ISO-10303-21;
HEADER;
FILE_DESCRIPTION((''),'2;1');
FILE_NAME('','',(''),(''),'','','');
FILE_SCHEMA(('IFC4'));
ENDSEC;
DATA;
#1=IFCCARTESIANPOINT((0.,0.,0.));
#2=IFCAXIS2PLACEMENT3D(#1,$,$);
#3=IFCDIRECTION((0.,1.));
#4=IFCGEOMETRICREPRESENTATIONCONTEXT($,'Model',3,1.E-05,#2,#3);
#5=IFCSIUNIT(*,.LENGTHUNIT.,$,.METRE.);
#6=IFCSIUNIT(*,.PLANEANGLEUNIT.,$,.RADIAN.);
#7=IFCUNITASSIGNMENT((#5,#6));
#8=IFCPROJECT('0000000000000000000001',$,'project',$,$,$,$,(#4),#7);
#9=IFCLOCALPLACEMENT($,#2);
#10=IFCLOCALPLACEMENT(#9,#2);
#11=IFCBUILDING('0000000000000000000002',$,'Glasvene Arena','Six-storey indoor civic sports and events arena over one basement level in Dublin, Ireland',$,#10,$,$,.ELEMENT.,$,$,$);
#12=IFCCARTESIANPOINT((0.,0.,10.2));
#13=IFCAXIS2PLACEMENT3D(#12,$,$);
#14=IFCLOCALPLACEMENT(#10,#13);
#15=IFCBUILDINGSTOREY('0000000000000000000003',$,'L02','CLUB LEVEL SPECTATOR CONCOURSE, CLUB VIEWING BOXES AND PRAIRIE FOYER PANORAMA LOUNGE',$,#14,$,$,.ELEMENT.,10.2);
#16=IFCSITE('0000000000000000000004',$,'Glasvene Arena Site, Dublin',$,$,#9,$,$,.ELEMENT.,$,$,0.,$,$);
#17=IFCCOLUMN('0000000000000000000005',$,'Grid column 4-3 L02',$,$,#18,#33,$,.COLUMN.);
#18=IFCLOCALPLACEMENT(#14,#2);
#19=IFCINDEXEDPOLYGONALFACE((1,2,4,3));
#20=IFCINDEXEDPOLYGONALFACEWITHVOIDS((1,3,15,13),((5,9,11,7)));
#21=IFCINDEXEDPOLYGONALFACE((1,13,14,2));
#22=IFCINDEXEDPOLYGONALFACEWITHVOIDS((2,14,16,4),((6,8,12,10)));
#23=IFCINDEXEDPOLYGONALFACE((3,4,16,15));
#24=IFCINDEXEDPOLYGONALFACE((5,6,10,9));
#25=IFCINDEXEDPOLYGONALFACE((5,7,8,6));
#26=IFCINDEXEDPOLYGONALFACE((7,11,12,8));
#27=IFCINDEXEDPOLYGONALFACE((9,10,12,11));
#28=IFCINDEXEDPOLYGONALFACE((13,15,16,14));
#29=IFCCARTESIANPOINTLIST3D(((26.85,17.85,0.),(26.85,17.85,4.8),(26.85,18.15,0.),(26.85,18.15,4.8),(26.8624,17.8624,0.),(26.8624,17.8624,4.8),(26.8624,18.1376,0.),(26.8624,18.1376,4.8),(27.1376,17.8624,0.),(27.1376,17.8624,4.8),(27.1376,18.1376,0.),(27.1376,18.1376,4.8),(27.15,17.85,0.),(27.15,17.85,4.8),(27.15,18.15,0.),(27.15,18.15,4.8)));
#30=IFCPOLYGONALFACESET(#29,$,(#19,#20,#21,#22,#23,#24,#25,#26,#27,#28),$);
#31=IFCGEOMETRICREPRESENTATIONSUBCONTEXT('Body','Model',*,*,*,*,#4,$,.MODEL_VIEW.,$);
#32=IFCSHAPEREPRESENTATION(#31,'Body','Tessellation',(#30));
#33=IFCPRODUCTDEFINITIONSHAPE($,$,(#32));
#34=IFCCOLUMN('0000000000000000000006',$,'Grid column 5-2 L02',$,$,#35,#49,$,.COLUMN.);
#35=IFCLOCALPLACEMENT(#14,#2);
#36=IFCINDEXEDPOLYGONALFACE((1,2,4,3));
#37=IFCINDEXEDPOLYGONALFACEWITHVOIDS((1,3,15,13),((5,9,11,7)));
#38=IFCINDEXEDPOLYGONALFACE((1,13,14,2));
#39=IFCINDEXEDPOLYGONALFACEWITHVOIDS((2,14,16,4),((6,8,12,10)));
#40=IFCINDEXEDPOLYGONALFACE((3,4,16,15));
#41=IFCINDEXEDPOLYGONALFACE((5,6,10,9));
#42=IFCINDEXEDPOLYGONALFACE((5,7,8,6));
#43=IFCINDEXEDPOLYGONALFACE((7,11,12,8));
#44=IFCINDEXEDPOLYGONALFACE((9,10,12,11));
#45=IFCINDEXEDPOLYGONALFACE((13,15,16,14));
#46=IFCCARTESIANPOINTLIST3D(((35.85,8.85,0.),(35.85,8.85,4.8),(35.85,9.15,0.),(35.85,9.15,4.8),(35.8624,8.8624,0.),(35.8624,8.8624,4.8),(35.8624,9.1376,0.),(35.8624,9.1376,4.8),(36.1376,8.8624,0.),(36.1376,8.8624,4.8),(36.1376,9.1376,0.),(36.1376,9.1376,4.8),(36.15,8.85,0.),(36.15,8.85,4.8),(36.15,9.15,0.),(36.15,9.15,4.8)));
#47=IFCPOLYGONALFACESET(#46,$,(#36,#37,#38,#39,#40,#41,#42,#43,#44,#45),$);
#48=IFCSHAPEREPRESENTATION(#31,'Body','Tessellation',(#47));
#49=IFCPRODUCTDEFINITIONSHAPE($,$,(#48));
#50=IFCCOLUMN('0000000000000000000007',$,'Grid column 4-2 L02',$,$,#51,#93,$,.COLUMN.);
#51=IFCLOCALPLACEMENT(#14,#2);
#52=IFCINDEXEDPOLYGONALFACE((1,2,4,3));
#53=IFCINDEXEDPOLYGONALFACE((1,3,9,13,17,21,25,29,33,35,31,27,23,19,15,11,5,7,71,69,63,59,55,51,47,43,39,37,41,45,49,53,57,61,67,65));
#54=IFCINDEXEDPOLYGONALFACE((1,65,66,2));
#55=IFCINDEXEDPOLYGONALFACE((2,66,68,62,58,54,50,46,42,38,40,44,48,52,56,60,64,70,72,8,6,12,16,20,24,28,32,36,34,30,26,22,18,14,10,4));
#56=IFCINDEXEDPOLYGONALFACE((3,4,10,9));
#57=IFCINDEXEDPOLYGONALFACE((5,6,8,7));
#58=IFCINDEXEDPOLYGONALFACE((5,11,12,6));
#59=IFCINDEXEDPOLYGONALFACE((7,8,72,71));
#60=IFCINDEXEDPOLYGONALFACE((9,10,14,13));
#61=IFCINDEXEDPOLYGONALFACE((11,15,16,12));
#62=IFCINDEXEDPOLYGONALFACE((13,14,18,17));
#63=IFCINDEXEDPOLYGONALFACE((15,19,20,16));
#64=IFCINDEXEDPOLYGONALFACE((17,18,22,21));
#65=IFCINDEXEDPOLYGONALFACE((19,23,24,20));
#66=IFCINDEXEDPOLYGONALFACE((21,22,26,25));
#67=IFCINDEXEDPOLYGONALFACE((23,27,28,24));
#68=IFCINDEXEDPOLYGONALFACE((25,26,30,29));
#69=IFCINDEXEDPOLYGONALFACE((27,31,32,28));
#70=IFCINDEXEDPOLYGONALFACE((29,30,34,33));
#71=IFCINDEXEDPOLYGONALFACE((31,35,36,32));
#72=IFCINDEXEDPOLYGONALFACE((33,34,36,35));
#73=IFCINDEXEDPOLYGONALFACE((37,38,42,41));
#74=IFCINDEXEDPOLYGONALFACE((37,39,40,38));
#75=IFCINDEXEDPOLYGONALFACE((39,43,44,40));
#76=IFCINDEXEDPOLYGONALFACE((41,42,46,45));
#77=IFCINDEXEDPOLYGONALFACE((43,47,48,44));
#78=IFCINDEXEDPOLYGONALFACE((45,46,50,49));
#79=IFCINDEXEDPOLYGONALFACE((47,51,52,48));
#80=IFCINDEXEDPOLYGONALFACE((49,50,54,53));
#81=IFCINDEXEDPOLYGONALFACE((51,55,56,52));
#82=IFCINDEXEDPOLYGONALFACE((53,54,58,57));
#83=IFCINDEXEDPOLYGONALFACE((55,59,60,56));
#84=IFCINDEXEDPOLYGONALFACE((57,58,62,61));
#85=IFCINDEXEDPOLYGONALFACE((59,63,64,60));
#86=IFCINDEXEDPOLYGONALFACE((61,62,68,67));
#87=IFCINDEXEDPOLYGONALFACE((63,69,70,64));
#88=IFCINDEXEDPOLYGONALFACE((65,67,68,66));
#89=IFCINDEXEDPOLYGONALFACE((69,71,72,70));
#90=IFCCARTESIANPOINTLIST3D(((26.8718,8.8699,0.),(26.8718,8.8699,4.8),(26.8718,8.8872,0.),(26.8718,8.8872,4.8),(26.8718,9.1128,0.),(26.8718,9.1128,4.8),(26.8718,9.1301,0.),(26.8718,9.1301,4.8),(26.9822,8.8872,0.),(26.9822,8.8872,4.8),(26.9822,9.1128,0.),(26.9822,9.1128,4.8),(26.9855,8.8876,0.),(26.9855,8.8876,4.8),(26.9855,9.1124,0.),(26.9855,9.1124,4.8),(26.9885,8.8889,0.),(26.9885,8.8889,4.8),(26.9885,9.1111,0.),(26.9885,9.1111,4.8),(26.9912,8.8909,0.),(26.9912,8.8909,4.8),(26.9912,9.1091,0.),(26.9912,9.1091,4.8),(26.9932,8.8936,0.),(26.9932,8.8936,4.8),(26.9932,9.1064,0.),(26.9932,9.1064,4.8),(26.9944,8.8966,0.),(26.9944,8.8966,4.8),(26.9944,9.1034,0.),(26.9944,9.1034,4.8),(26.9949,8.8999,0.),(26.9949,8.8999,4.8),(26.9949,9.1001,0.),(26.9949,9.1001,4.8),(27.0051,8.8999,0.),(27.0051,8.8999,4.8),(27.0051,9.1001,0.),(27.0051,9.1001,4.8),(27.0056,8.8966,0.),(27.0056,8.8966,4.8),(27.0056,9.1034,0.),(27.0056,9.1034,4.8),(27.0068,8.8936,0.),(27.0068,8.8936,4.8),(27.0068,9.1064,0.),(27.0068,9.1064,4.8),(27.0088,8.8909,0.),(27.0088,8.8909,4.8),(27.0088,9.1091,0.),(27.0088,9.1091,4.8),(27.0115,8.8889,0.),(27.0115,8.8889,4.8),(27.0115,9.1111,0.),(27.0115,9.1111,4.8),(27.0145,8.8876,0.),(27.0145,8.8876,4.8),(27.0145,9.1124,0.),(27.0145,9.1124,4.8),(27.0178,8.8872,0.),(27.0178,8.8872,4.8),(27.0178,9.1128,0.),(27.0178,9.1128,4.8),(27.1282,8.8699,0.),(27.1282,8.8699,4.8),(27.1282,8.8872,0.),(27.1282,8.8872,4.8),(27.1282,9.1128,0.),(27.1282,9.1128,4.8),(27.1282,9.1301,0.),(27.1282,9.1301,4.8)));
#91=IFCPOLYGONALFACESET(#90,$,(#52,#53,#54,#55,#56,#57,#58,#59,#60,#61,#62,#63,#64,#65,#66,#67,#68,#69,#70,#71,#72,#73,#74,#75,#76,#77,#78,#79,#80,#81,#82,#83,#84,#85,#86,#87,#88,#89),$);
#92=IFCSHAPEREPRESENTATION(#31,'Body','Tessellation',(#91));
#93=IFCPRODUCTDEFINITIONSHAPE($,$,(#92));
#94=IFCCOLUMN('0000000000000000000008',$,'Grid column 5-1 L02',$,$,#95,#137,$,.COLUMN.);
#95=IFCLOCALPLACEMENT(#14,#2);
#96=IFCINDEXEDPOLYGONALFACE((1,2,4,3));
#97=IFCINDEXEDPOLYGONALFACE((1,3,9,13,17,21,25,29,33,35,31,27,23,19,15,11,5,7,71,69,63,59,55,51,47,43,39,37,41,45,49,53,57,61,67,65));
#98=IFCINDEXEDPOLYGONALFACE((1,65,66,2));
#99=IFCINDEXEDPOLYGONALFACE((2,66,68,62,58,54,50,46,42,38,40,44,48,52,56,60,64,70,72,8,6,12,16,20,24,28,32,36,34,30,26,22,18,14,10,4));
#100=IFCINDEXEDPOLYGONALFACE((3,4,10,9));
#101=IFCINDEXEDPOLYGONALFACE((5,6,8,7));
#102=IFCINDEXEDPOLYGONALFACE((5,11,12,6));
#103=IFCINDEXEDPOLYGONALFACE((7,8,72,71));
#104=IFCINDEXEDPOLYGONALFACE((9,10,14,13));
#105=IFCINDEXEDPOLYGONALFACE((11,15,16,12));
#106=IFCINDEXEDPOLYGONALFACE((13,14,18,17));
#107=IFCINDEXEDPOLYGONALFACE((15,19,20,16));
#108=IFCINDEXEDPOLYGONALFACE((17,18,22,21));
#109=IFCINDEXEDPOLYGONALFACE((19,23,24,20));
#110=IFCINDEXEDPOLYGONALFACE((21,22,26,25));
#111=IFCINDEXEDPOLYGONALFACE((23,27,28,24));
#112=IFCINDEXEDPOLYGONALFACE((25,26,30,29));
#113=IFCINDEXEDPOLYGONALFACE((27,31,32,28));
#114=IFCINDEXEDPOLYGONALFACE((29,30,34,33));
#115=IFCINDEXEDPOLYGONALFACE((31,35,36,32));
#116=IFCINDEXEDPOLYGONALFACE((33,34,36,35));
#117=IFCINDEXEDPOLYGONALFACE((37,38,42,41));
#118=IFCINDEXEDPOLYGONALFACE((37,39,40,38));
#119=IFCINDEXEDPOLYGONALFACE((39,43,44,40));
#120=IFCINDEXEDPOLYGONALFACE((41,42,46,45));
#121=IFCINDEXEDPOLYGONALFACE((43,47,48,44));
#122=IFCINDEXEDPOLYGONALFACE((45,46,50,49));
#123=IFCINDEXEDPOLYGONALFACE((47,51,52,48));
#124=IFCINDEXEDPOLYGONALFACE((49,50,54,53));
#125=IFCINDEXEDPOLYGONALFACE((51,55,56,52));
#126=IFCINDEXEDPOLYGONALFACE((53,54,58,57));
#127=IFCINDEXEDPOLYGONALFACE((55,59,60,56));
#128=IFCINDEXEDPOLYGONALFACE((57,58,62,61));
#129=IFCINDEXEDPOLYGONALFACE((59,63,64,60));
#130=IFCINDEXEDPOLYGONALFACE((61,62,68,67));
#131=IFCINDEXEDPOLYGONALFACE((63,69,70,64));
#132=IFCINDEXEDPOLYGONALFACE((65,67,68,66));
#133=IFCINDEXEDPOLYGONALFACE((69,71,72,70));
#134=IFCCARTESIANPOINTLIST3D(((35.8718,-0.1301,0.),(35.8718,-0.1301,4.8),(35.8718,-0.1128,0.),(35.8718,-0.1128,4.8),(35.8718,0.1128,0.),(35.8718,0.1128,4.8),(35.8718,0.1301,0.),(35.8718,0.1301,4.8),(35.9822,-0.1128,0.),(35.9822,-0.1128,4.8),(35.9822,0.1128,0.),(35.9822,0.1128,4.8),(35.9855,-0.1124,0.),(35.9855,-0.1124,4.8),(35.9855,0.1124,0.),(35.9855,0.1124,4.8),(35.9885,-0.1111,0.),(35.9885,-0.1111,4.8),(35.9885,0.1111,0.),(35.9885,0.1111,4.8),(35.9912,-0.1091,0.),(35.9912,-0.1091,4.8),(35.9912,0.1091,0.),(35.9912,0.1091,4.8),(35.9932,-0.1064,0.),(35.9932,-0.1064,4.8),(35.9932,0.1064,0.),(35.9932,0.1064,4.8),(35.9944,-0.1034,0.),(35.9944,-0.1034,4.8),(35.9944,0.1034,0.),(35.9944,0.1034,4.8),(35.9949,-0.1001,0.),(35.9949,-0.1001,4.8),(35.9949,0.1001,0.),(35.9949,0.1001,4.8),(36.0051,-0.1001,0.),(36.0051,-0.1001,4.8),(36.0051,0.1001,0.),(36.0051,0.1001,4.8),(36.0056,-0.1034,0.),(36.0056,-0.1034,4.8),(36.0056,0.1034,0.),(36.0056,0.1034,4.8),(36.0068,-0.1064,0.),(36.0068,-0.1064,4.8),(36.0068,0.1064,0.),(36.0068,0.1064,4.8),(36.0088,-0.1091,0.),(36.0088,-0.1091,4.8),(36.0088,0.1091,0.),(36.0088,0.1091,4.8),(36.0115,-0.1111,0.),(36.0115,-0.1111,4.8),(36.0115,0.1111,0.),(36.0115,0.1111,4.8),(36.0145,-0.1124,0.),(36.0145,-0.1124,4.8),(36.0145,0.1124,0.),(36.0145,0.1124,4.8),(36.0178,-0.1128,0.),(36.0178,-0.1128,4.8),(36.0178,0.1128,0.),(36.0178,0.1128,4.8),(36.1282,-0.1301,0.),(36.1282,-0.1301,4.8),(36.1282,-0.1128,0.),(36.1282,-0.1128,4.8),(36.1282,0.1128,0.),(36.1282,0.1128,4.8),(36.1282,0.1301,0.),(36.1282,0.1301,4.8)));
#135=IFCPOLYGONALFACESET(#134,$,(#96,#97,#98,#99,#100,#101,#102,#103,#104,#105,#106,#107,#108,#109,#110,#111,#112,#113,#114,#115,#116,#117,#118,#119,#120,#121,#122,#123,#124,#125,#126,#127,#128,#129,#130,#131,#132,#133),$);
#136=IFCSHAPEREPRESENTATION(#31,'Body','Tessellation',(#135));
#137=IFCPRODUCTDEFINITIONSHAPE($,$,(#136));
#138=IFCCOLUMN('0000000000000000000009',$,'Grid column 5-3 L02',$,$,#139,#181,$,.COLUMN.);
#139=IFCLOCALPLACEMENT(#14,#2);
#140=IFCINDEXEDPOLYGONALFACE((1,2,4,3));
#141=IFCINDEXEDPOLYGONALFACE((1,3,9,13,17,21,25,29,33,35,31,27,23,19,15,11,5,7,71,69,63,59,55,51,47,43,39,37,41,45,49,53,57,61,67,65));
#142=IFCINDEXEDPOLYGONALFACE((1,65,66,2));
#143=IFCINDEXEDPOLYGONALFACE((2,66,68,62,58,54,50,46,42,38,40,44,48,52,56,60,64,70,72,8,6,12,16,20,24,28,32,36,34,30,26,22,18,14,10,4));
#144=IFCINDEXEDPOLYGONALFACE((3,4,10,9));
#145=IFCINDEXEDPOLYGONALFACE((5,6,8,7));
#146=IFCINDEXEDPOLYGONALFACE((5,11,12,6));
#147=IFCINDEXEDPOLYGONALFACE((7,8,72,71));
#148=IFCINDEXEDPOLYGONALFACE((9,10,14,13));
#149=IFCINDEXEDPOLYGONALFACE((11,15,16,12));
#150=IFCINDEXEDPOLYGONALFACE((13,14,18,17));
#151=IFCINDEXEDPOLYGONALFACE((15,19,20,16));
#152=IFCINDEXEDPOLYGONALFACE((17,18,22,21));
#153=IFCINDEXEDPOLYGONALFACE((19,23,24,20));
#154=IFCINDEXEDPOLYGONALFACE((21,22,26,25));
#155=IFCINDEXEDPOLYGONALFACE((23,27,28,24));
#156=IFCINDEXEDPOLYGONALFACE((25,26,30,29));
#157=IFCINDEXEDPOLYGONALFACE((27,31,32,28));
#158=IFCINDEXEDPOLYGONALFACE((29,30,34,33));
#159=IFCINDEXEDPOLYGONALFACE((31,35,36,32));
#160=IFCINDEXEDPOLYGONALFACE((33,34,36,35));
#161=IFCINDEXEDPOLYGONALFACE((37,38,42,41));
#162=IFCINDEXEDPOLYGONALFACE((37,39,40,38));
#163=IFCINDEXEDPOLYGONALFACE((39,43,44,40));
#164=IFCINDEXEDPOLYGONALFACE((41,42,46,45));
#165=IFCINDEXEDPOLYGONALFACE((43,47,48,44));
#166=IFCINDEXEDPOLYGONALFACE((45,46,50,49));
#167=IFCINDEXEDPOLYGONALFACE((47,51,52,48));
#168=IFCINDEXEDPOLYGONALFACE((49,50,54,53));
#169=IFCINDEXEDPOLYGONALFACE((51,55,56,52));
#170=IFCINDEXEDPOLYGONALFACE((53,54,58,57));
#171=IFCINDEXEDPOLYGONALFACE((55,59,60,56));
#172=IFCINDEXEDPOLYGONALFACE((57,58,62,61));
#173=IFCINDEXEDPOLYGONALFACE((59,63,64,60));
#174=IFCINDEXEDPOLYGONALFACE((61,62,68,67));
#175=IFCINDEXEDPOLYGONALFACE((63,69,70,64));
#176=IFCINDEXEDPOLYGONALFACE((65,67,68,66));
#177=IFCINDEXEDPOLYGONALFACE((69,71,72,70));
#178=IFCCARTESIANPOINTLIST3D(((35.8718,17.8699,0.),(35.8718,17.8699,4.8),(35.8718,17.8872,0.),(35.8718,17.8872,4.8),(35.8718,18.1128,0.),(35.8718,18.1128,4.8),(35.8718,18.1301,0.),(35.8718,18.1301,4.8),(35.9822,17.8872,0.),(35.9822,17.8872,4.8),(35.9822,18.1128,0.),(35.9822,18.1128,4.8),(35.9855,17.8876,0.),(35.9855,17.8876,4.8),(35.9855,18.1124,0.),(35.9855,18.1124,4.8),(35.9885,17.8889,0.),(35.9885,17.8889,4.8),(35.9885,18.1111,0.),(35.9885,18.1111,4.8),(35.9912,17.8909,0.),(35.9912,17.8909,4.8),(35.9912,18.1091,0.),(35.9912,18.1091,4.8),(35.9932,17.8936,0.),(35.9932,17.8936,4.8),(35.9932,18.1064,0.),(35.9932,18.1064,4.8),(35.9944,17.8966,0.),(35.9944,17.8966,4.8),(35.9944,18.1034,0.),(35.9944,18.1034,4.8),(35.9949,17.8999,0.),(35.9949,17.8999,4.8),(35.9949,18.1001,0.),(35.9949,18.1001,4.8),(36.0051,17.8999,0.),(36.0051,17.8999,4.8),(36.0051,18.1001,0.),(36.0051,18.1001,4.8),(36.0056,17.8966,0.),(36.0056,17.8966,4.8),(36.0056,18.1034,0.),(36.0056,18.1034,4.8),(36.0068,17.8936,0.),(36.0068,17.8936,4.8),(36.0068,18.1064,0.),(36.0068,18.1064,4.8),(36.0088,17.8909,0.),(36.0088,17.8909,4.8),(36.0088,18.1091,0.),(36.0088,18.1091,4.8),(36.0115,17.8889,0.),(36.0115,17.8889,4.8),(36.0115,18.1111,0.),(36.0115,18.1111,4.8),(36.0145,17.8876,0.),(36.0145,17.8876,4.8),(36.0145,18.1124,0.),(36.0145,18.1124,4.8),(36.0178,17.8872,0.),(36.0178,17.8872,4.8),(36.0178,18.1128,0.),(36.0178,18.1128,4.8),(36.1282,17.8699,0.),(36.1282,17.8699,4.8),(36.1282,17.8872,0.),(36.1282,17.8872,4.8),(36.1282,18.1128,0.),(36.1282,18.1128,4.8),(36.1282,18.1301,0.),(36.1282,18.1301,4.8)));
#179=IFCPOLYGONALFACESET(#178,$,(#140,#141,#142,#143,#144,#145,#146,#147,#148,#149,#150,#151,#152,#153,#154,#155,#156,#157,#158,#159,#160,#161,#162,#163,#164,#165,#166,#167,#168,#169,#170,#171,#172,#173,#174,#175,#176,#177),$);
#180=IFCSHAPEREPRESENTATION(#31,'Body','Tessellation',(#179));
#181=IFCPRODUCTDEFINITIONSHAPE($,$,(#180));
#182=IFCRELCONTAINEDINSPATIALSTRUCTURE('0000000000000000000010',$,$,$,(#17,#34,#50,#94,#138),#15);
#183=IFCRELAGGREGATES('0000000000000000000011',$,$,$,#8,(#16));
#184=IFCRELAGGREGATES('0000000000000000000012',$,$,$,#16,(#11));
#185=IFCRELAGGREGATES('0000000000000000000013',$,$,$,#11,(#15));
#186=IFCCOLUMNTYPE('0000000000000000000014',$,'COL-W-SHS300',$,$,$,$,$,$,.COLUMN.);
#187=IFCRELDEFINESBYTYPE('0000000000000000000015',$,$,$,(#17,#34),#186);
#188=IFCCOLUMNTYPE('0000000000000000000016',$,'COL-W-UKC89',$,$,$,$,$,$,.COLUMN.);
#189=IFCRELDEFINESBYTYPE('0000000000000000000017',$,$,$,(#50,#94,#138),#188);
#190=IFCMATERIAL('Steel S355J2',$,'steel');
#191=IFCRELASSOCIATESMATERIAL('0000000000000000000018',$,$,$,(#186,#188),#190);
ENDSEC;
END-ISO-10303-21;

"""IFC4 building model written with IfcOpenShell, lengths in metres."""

from ifc_helpers import new_model, si_unit, direction, frame, origin, origin_2d, place, context, subcontext, project, spatial, hollow_rectangle, i_section, extrude, material, material_profile, profile_set, type_object, element, save


model = new_model("IFC4")

# Units and contexts
model_context = context("Model", 3, precision=1e-05, world=origin(), true_north=direction((0.0, 1.0)))
body_context = subcontext(model_context, "Body", "Model", "MODEL_VIEW")
ifc_project = project(units=[si_unit("LENGTHUNIT", "METRE"), si_unit("PLANEANGLEUNIT", "RADIAN")], contexts=[model_context])

# Site, building, storey
site_placement = place(None, origin())
site = spatial("IfcSite", under=ifc_project, at=site_placement, Name="Glasvene Arena Site, Dublin", CompositionType="ELEMENT", RefElevation=0.0)
building_placement = place(site_placement, origin())
building = spatial("IfcBuilding", under=site, at=building_placement, Name="Glasvene Arena", Description="Six-storey indoor civic sports and events arena over one basement level in Dublin, Ireland", CompositionType="ELEMENT")
storey_placement = place(building_placement, frame((0.0, 0.0, 10.2)))
storey = spatial("IfcBuildingStorey", under=building, at=storey_placement, Name="L02", Description="CLUB LEVEL SPECTATOR CONCOURSE, CLUB VIEWING BOXES AND PRAIRIE FOYER PANORAMA LOUNGE", CompositionType="ELEMENT", Elevation=10.2)

# Columns
ifc_material_1 = material(Name="Steel S355J2", Category="steel")
ifc_material_profile_1 = material_profile(ifc_material_1, hollow_rectangle(XDim=0.3, YDim=0.3, WallThickness=0.0125, at=origin_2d()), Name="SHS 300x300x12.5")
ifc_profile_set_1 = profile_set([ifc_material_profile_1], Name="Steel S355J2")
column_type_1 = type_object("IfcColumnType", Name="COL-W-SHS300", PredefinedType="COLUMN", material=ifc_profile_set_1)
for number, where, z_axis, x_axis, name in (
    (1, (27.0, 18.0, 0.0), (0.0, 0.0, 1.0), (1.0, 0.0, 0.0), "Grid column 4-3 L02"),
    (2, (36.0, 9.0, 0.0), (0.0, 0.0, 1.0), (1.0, 0.0, 0.0), "Grid column 5-2 L02"),
):
    element("IfcColumn", number, at=place(storey_placement, frame(where, z_axis=z_axis, x_axis=x_axis)), inside=storey, type_object=column_type_1, Name=name, PredefinedType="COLUMN", context=body_context, shape_type="SweptSolid", body=[
        extrude(hollow_rectangle(XDim=0.3, YDim=0.3, WallThickness=0.0125, at=origin_2d()), origin(), (0.0, 0.0, 1.0), 4.8),
    ])
ifc_material_profile_2 = material_profile(ifc_material_1, i_section(OverallWidth=0.2563, OverallDepth=0.2603, WebThickness=0.0103, FlangeThickness=0.0173, FilletRadius=0.0127, at=origin_2d()), Name="UKC 254x254x89")
ifc_profile_set_2 = profile_set([ifc_material_profile_2], Name="Steel S355J2")
column_type_2 = type_object("IfcColumnType", Name="COL-W-UKC89", PredefinedType="COLUMN", material=ifc_profile_set_2)
for number, where, z_axis, x_axis, name in (
    (3, (27.0, 9.0, 0.0), (0.0, 0.0, 1.0), (1.0, 0.0, 0.0), "Grid column 4-2 L02"),
    (4, (36.0, 0.0, 0.0), (0.0, 0.0, 1.0), (1.0, 0.0, 0.0), "Grid column 5-1 L02"),
    (5, (36.0, 18.0, 0.0), (0.0, 0.0, 1.0), (1.0, 0.0, 0.0), "Grid column 5-3 L02"),
):
    element("IfcColumn", number, at=place(storey_placement, frame(where, z_axis=z_axis, x_axis=x_axis)), inside=storey, type_object=column_type_2, Name=name, PredefinedType="COLUMN", context=body_context, shape_type="SweptSolid", body=[
        extrude(i_section(OverallWidth=0.2563, OverallDepth=0.2603, WebThickness=0.0103, FlangeThickness=0.0173, FilletRadius=0.0127, at=origin_2d()), origin(), (0.0, 0.0, 1.0), 4.8),
    ])

save(model, "model.ifc")
